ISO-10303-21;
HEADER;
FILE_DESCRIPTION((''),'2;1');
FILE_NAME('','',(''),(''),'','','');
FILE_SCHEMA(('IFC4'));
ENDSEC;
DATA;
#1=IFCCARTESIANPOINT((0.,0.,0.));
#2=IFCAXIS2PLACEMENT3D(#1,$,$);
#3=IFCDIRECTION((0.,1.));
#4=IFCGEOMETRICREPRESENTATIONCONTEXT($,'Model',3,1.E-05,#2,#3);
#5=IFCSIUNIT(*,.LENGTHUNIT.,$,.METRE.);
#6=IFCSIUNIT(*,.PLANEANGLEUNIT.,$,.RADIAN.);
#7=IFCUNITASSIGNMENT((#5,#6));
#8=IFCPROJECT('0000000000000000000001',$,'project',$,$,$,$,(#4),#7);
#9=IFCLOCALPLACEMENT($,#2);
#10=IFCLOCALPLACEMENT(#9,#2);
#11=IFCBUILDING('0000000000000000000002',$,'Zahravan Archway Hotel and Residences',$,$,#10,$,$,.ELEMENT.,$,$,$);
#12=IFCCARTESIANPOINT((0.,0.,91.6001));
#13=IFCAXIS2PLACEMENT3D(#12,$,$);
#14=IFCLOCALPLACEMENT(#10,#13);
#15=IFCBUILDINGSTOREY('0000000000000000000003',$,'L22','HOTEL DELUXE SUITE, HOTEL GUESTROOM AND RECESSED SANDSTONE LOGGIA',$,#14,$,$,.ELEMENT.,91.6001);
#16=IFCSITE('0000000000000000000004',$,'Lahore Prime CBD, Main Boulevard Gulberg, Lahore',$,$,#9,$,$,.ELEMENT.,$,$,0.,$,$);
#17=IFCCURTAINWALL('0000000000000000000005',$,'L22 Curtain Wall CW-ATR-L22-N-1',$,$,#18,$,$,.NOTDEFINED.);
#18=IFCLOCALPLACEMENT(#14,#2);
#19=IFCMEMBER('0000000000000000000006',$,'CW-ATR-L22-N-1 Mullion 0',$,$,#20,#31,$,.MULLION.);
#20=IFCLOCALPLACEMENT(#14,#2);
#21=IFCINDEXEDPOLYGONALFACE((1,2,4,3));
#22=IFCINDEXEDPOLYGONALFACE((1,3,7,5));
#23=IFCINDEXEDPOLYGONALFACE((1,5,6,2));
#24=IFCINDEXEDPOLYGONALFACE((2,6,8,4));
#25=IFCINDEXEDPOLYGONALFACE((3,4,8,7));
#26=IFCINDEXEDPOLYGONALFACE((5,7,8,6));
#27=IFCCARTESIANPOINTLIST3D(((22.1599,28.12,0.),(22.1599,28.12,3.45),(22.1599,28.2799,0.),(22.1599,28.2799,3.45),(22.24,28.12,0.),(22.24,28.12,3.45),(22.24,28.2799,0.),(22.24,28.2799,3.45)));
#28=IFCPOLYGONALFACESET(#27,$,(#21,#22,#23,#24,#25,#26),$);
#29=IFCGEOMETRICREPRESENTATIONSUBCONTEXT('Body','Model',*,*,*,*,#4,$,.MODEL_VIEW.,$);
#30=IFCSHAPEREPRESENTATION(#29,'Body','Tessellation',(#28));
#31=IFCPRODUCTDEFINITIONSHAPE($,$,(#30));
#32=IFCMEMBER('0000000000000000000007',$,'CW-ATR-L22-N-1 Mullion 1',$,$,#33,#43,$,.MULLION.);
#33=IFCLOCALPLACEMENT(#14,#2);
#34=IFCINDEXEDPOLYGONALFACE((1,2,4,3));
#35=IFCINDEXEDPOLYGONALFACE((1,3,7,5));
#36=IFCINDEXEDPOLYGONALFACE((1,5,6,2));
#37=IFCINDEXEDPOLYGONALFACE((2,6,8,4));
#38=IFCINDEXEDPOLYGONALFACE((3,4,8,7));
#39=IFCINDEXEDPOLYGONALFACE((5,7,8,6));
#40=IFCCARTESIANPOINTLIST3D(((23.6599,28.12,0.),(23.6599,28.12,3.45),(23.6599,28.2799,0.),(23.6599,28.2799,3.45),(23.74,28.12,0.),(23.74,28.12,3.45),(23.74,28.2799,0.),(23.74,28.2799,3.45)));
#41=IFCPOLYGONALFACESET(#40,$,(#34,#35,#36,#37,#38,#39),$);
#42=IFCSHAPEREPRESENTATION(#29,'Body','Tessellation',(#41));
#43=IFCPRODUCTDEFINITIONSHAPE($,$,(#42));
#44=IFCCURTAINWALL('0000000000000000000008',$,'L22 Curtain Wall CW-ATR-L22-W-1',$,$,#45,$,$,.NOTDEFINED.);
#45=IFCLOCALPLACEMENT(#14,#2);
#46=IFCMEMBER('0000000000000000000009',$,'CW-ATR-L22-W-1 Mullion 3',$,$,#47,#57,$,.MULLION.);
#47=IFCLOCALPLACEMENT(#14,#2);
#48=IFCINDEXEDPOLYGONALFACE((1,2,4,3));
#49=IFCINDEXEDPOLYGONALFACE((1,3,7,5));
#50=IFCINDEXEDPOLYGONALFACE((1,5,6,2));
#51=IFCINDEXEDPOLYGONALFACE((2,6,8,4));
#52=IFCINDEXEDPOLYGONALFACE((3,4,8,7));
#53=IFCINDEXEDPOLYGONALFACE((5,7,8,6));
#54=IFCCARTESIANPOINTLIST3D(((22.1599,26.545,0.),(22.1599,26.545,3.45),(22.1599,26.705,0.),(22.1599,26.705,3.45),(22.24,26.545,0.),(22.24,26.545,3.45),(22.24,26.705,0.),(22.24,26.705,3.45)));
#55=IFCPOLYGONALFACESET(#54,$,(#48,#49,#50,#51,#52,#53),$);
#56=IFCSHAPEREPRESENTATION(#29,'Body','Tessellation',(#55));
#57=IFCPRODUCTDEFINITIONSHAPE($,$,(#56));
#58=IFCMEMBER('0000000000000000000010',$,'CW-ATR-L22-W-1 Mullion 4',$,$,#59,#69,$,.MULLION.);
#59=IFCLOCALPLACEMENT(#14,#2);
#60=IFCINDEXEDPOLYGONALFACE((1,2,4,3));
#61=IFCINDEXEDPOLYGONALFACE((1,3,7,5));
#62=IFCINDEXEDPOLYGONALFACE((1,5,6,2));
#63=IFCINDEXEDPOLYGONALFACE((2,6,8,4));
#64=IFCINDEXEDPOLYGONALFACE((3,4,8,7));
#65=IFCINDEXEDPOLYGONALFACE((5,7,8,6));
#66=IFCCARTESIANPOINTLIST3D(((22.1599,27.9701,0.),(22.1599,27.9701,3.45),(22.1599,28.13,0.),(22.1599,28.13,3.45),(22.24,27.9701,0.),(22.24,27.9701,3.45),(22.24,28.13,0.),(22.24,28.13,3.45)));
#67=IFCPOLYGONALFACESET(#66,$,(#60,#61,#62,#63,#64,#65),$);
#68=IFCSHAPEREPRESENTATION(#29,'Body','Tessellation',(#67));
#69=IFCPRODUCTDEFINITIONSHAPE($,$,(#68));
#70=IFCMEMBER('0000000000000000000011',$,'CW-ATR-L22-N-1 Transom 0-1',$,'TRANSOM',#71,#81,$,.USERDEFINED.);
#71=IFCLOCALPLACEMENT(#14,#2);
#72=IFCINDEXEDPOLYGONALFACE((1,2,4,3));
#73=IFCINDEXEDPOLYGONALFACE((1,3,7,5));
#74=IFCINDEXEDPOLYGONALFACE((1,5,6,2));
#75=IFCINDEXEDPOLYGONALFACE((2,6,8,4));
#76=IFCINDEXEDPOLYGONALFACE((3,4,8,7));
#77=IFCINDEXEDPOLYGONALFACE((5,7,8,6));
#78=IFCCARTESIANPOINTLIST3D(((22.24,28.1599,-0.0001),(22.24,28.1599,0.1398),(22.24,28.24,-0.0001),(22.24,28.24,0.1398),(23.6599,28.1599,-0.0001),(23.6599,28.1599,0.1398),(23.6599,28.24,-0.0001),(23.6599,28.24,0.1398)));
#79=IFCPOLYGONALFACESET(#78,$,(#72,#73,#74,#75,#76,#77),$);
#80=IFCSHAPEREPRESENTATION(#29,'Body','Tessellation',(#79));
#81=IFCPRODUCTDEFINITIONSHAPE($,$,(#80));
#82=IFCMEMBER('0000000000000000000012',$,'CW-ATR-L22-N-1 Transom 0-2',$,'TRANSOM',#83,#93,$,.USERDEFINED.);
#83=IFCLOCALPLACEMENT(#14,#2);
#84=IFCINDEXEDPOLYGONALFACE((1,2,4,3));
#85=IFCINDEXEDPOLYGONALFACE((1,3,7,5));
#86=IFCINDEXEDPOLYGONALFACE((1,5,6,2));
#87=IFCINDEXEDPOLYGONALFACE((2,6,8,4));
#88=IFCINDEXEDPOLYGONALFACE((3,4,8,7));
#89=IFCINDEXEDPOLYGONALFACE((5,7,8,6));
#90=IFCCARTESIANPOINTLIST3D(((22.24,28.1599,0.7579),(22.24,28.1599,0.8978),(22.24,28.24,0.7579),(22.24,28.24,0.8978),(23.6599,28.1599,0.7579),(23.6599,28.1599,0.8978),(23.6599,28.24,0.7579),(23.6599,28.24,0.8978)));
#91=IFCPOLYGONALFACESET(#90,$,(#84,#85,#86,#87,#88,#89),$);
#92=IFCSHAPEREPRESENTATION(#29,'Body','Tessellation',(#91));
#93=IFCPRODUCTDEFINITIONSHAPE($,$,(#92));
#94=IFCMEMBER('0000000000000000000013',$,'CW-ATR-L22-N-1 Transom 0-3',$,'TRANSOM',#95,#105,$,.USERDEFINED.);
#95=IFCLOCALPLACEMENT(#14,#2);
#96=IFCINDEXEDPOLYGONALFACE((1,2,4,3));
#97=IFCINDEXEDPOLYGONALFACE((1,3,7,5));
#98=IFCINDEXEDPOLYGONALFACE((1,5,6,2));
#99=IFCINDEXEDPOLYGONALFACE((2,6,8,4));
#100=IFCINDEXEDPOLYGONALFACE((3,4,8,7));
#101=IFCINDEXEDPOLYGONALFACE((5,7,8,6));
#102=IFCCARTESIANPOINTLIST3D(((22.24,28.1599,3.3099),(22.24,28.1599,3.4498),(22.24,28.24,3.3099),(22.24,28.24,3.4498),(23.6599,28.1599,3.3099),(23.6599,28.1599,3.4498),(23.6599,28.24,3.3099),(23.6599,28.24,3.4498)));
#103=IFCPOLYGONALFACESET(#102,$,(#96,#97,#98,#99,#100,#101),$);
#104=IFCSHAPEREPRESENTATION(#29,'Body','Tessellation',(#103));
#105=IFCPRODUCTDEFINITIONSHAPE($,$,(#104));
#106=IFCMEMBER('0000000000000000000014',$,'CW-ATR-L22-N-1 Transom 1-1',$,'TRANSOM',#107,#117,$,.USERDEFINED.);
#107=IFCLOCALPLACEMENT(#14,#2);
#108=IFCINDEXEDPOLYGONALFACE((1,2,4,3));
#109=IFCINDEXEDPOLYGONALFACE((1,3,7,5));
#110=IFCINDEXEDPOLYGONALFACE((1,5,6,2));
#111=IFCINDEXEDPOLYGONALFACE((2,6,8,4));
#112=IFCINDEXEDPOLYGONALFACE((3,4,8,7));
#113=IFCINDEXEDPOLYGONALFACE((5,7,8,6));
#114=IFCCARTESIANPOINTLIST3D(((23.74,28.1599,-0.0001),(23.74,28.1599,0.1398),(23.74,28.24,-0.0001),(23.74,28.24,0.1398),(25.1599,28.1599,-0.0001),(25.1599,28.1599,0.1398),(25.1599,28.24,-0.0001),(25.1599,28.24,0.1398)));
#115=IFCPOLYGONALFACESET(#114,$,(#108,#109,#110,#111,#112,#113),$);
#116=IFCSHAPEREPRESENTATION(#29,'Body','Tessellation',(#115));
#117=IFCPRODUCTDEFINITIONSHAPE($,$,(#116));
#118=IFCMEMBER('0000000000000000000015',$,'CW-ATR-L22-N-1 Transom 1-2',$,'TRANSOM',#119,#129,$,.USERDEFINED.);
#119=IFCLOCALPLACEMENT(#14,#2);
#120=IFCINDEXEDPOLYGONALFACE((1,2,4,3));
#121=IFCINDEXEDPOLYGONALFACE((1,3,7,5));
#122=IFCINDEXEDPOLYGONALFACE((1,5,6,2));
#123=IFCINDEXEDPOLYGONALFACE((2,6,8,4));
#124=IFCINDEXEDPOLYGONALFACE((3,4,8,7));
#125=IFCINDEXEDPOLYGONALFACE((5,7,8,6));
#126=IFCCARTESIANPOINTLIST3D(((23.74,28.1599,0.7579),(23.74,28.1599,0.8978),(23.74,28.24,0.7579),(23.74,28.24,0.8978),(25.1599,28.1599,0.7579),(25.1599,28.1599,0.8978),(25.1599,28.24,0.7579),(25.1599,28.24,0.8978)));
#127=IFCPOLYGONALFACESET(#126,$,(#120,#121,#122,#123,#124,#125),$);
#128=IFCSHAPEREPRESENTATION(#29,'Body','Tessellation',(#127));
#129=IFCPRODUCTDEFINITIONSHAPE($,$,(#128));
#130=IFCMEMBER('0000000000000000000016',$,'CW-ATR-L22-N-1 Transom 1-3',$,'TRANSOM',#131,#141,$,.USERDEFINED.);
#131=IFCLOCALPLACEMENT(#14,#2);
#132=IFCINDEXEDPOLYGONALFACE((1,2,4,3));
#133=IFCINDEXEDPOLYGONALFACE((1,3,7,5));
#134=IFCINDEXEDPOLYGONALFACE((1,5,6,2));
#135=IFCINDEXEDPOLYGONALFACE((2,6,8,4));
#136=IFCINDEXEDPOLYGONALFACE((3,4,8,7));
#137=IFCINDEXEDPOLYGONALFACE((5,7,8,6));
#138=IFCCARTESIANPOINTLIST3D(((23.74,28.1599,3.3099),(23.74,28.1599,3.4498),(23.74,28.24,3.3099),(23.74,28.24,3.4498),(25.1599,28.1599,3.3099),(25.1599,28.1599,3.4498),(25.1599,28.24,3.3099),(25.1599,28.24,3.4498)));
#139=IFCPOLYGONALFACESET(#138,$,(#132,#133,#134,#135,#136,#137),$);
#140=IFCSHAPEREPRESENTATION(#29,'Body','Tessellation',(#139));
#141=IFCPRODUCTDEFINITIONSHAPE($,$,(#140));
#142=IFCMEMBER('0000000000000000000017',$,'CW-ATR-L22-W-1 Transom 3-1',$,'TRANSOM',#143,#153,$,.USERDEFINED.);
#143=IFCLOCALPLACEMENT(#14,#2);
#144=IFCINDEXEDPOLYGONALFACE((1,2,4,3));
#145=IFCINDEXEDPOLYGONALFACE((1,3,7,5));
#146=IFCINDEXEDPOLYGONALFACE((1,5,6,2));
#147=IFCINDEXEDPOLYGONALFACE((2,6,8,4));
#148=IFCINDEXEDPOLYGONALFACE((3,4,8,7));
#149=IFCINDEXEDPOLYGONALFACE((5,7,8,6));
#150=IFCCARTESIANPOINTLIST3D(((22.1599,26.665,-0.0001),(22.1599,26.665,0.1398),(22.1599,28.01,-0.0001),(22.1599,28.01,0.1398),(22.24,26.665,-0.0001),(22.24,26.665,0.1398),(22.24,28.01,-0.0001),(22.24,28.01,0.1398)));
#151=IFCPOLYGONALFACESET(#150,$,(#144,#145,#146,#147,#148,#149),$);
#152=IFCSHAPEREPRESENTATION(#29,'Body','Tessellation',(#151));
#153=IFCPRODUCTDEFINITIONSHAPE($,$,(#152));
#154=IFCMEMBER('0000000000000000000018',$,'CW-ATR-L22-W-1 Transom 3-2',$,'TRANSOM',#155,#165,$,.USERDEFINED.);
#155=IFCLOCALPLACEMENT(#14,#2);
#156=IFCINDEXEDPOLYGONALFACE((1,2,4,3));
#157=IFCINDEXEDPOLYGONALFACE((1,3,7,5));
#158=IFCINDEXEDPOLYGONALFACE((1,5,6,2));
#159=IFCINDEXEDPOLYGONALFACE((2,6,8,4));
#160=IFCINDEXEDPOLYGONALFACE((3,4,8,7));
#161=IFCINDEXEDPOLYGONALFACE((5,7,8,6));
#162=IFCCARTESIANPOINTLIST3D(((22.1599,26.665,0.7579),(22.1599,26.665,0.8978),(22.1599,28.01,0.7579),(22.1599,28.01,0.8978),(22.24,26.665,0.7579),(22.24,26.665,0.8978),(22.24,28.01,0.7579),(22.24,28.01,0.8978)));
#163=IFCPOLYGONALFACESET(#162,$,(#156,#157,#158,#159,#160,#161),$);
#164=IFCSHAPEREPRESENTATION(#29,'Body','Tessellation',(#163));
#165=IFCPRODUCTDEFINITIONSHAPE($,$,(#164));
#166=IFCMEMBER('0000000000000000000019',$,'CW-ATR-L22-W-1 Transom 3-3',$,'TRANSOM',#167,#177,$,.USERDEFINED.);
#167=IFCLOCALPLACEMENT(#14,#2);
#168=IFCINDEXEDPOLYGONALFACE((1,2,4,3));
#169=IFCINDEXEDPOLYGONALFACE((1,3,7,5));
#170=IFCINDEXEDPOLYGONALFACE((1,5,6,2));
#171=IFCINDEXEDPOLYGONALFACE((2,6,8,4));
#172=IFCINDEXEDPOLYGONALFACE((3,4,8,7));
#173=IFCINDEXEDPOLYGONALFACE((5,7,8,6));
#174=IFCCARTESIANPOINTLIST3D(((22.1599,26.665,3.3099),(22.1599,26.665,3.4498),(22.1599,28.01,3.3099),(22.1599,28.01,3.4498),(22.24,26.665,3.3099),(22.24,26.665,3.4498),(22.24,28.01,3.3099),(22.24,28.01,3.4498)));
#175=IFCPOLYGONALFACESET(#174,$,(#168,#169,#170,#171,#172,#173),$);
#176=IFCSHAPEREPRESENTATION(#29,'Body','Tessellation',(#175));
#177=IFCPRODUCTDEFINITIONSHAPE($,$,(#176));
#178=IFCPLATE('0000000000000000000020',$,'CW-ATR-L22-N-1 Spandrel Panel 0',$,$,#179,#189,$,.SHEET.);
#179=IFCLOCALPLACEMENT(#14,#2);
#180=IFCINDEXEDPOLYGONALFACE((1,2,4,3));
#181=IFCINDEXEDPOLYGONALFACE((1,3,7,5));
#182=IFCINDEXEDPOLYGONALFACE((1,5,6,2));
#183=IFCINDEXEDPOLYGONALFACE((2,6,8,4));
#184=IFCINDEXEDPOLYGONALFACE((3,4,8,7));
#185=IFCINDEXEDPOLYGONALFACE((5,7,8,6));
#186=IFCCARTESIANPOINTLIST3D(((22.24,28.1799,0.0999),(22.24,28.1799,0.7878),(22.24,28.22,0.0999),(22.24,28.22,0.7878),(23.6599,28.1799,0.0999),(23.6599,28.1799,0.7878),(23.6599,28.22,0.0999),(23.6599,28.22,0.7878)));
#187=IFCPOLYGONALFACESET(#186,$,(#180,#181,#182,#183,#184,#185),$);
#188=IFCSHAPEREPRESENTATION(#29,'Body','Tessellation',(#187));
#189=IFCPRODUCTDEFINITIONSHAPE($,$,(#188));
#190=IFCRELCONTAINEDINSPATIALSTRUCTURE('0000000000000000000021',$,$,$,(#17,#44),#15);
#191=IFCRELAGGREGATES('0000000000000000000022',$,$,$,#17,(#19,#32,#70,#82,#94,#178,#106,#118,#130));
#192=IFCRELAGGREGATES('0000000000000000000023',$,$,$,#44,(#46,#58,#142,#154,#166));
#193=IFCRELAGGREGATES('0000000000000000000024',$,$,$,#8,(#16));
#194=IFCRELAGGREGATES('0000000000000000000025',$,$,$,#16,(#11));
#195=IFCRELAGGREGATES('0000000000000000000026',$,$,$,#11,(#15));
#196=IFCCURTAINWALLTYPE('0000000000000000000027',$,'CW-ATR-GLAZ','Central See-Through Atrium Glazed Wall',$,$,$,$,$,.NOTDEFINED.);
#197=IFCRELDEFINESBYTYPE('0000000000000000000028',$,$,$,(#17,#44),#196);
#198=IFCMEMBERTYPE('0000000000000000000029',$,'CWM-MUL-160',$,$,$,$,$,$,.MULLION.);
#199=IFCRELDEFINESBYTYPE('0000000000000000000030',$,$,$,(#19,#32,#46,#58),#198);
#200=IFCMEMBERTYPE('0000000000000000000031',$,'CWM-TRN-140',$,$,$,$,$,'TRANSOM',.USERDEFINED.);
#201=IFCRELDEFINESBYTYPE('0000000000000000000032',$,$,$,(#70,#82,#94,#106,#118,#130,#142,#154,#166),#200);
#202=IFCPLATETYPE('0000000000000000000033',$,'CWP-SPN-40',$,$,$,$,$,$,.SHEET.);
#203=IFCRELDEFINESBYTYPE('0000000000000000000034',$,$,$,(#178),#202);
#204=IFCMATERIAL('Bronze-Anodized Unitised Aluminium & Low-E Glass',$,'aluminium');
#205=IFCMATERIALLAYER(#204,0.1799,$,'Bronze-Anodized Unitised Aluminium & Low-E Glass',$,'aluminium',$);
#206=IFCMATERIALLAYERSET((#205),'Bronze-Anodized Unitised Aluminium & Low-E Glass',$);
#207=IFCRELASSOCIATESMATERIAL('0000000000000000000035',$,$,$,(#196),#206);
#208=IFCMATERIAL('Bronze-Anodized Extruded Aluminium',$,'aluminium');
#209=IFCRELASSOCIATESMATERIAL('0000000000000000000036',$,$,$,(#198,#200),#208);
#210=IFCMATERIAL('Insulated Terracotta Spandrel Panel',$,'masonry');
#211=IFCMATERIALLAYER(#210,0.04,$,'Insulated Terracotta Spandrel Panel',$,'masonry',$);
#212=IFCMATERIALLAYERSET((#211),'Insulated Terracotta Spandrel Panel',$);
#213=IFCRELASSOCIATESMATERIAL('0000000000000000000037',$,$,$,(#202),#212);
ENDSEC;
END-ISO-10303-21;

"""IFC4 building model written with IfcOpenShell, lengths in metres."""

from ifc_helpers import new_model, si_unit, direction, frame, origin, origin_2d, place, context, subcontext, project, spatial, rectangle, extrude, source, transform, mapped, material, layer, layer_set, material_profile, profile_set, type_object, element, aggregate, save


model = new_model("IFC4")

# Units and contexts
model_context = context("Model", 3, precision=1e-05, world=origin(), true_north=direction((0.0, 1.0)))
body_context = subcontext(model_context, "Body", "Model", "MODEL_VIEW")
ifc_project = project(units=[si_unit("LENGTHUNIT", "METRE"), si_unit("PLANEANGLEUNIT", "RADIAN")], contexts=[model_context])

# Site, building, storey
site_placement = place(None, origin())
site = spatial("IfcSite", under=ifc_project, at=site_placement, Name="Lahore Prime CBD, Main Boulevard Gulberg, Lahore", CompositionType="ELEMENT", RefElevation=0.0)
building_placement = place(site_placement, origin())
building = spatial("IfcBuilding", under=site, at=building_placement, Name="Zahravan Archway Hotel and Residences", CompositionType="ELEMENT")
storey_placement = place(building_placement, frame((0.0, 0.0, 91.6001)))
storey = spatial("IfcBuildingStorey", under=building, at=storey_placement, Name="L22", Description="HOTEL DELUXE SUITE, HOTEL GUESTROOM AND RECESSED SANDSTONE LOGGIA", CompositionType="ELEMENT", Elevation=91.6001)

# Curtain walls, members
ifc_material_1 = material(Name="Bronze-Anodized Unitised Aluminium & Low-E Glass", Category="aluminium")
ifc_layer_1 = layer(ifc_material_1, 0.1799, Name="Bronze-Anodized Unitised Aluminium & Low-E Glass", Category="aluminium")
ifc_layer_set_1 = layer_set([ifc_layer_1], Name="Bronze-Anodized Unitised Aluminium & Low-E Glass")
curtain_wall_type = type_object("IfcCurtainWallType", Name="CW-ATR-GLAZ", Description="Central See-Through Atrium Glazed Wall", PredefinedType="NOTDEFINED", material=ifc_layer_set_1)
ifc_material_2 = material(Name="Bronze-Anodized Extruded Aluminium", Category="aluminium")
ifc_material_profile_1 = material_profile(ifc_material_2, rectangle(XDim=0.0801, YDim=0.1599, at=origin_2d()), Name="MUL 80x160", Category="aluminium")
ifc_profile_set_1 = profile_set([ifc_material_profile_1], Name="Bronze-Anodized Extruded Aluminium")
member_type_1 = type_object("IfcMemberType", Name="CWM-MUL-160", PredefinedType="MULLION", material=ifc_profile_set_1)
ifc_material_profile_2 = material_profile(ifc_material_2, rectangle(XDim=0.0801, YDim=0.1399, at=origin_2d()), Name="TRN 80x140", Category="aluminium")
ifc_profile_set_2 = profile_set([ifc_material_profile_2], Name="Bronze-Anodized Extruded Aluminium")
member_type_2 = type_object("IfcMemberType", Name="CWM-TRN-140", ElementType="TRANSOM", PredefinedType="USERDEFINED", material=ifc_profile_set_2)
curtain_wall_1_placement = place(storey_placement, origin())
curtain_wall_1 = element("IfcCurtainWall", 1, at=curtain_wall_1_placement, inside=storey, type_object=curtain_wall_type, Name="L22 Curtain Wall CW-ATR-L22-N-1", PredefinedType="NOTDEFINED")
shared_shape_1 = source(origin(), body_context, "Body", "SweptSolid", [
    extrude(rectangle(XDim=0.0801, YDim=0.1599, at=origin_2d()), origin(), (0.0, 0.0, 1.0), 3.45),
])
member_1_placement = place(storey_placement, frame((22.2, 28.2, 0.0), z_axis=(0.0, 0.0, 1.0), x_axis=(1.0, 0.0, 0.0)))
member_1 = element("IfcMember", 2, at=member_1_placement, type_object=member_type_1, Name="CW-ATR-L22-N-1 Mullion 0", PredefinedType="MULLION", context=body_context, shape_type="MappedRepresentation", body=[
    mapped(shared_shape_1, transform((0.0, 0.0, 0.0), scale=1.0)),
])
member_2_placement = place(storey_placement, frame((23.7, 28.2, 0.0), z_axis=(0.0, 0.0, 1.0), x_axis=(1.0, 0.0, 0.0)))
member_2 = element("IfcMember", 3, at=member_2_placement, type_object=member_type_1, Name="CW-ATR-L22-N-1 Mullion 1", PredefinedType="MULLION", context=body_context, shape_type="MappedRepresentation", body=[
    mapped(shared_shape_1, transform((0.0, 0.0, 0.0), scale=1.0)),
])
curtain_wall_2_placement = place(storey_placement, origin())
curtain_wall_2 = element("IfcCurtainWall", 4, at=curtain_wall_2_placement, inside=storey, type_object=curtain_wall_type, Name="L22 Curtain Wall CW-ATR-L22-W-1", PredefinedType="NOTDEFINED")
member_3_placement = place(storey_placement, frame((22.2, 26.625, 0.0), z_axis=(0.0, 0.0, 1.0), x_axis=(1.0, 0.0, 0.0)))
member_3 = element("IfcMember", 5, at=member_3_placement, type_object=member_type_1, Name="CW-ATR-L22-W-1 Mullion 3", PredefinedType="MULLION", context=body_context, shape_type="MappedRepresentation", body=[
    mapped(shared_shape_1, transform((0.0, 0.0, 0.0), scale=1.0)),
])
member_4_placement = place(storey_placement, frame((22.2, 28.05, 0.0), z_axis=(0.0, 0.0, 1.0), x_axis=(1.0, 0.0, 0.0)))
member_4 = element("IfcMember", 6, at=member_4_placement, type_object=member_type_1, Name="CW-ATR-L22-W-1 Mullion 4", PredefinedType="MULLION", context=body_context, shape_type="MappedRepresentation", body=[
    mapped(shared_shape_1, transform((0.0, 0.0, 0.0), scale=1.0)),
])

# Members
shared_shape_2 = source(origin(), body_context, "Body", "SweptSolid", [
    extrude(rectangle(XDim=0.0801, YDim=0.1399, at=origin_2d()), origin(), (0.0, 0.0, 1.0), 1.4199),
])
member_5_placement = place(storey_placement, frame((22.24, 28.2, 0.0698), z_axis=(1.0, 0.0, 0.0), x_axis=(0.0, 1.0, 0.0)))
member_5 = element("IfcMember", 7, at=member_5_placement, type_object=member_type_2, Name="CW-ATR-L22-N-1 Transom 0-1", ObjectType="TRANSOM", PredefinedType="USERDEFINED", context=body_context, shape_type="MappedRepresentation", body=[
    mapped(shared_shape_2, transform((0.0, 0.0, 0.0), scale=1.0)),
])
member_6_placement = place(storey_placement, frame((22.24, 28.2, 0.8279), z_axis=(1.0, 0.0, 0.0), x_axis=(0.0, 1.0, 0.0)))
member_6 = element("IfcMember", 8, at=member_6_placement, type_object=member_type_2, Name="CW-ATR-L22-N-1 Transom 0-2", ObjectType="TRANSOM", PredefinedType="USERDEFINED", context=body_context, shape_type="MappedRepresentation", body=[
    mapped(shared_shape_2, transform((0.0, 0.0, 0.0), scale=1.0)),
])
member_7_placement = place(storey_placement, frame((22.24, 28.2, 3.3799), z_axis=(1.0, 0.0, 0.0), x_axis=(0.0, 1.0, 0.0)))
member_7 = element("IfcMember", 9, at=member_7_placement, type_object=member_type_2, Name="CW-ATR-L22-N-1 Transom 0-3", ObjectType="TRANSOM", PredefinedType="USERDEFINED", context=body_context, shape_type="MappedRepresentation", body=[
    mapped(shared_shape_2, transform((0.0, 0.0, 0.0), scale=1.0)),
])
member_8_placement = place(storey_placement, frame((23.74, 28.2, 0.0698), z_axis=(1.0, 0.0, 0.0), x_axis=(0.0, 1.0, 0.0)))
member_8 = element("IfcMember", 10, at=member_8_placement, type_object=member_type_2, Name="CW-ATR-L22-N-1 Transom 1-1", ObjectType="TRANSOM", PredefinedType="USERDEFINED", context=body_context, shape_type="MappedRepresentation", body=[
    mapped(shared_shape_2, transform((0.0, 0.0, 0.0), scale=1.0)),
])
member_9_placement = place(storey_placement, frame((23.74, 28.2, 0.8279), z_axis=(1.0, 0.0, 0.0), x_axis=(0.0, 1.0, 0.0)))
member_9 = element("IfcMember", 11, at=member_9_placement, type_object=member_type_2, Name="CW-ATR-L22-N-1 Transom 1-2", ObjectType="TRANSOM", PredefinedType="USERDEFINED", context=body_context, shape_type="MappedRepresentation", body=[
    mapped(shared_shape_2, transform((0.0, 0.0, 0.0), scale=1.0)),
])
member_10_placement = place(storey_placement, frame((23.74, 28.2, 3.3799), z_axis=(1.0, 0.0, 0.0), x_axis=(0.0, 1.0, 0.0)))
member_10 = element("IfcMember", 12, at=member_10_placement, type_object=member_type_2, Name="CW-ATR-L22-N-1 Transom 1-3", ObjectType="TRANSOM", PredefinedType="USERDEFINED", context=body_context, shape_type="MappedRepresentation", body=[
    mapped(shared_shape_2, transform((0.0, 0.0, 0.0), scale=1.0)),
])
shared_shape_3 = source(origin(), body_context, "Body", "SweptSolid", [
    extrude(rectangle(XDim=0.0801, YDim=0.1399, at=origin_2d()), origin(), (0.0, 0.0, 1.0), 1.345),
])
member_11_placement = place(storey_placement, frame((22.2, 26.665, 0.0698), z_axis=(0.0, 1.0, 0.0), x_axis=(-1.0, 0.0, 0.0)))
member_11 = element("IfcMember", 13, at=member_11_placement, type_object=member_type_2, Name="CW-ATR-L22-W-1 Transom 3-1", ObjectType="TRANSOM", PredefinedType="USERDEFINED", context=body_context, shape_type="MappedRepresentation", body=[
    mapped(shared_shape_3, transform((0.0, 0.0, 0.0), scale=1.0)),
])
member_12_placement = place(storey_placement, frame((22.2, 26.665, 0.8279), z_axis=(0.0, 1.0, 0.0), x_axis=(-1.0, 0.0, 0.0)))
member_12 = element("IfcMember", 14, at=member_12_placement, type_object=member_type_2, Name="CW-ATR-L22-W-1 Transom 3-2", ObjectType="TRANSOM", PredefinedType="USERDEFINED", context=body_context, shape_type="MappedRepresentation", body=[
    mapped(shared_shape_3, transform((0.0, 0.0, 0.0), scale=1.0)),
])
member_13_placement = place(storey_placement, frame((22.2, 26.665, 3.3799), z_axis=(0.0, 1.0, 0.0), x_axis=(-1.0, 0.0, 0.0)))
member_13 = element("IfcMember", 15, at=member_13_placement, type_object=member_type_2, Name="CW-ATR-L22-W-1 Transom 3-3", ObjectType="TRANSOM", PredefinedType="USERDEFINED", context=body_context, shape_type="MappedRepresentation", body=[
    mapped(shared_shape_3, transform((0.0, 0.0, 0.0), scale=1.0)),
])

# Plate
ifc_material_3 = material(Name="Insulated Terracotta Spandrel Panel", Category="masonry")
ifc_layer_2 = layer(ifc_material_3, 0.04, Name="Insulated Terracotta Spandrel Panel", Category="masonry")
ifc_layer_set_2 = layer_set([ifc_layer_2], Name="Insulated Terracotta Spandrel Panel")
plate_type_1 = type_object("IfcPlateType", Name="CWP-SPN-40", PredefinedType="SHEET", material=ifc_layer_set_2)
shared_shape_4 = source(origin(), body_context, "Body", "SweptSolid", [
    extrude(rectangle(XDim=1.4199, YDim=0.04, at=origin_2d()), origin(), (0.0, 0.0, 1.0), 0.688),
])
plate_1_placement = place(storey_placement, frame((22.95, 28.2, 0.0999), z_axis=(0.0, 0.0, 1.0), x_axis=(1.0, 0.0, 0.0)))
plate_1 = element("IfcPlate", 16, at=plate_1_placement, type_object=plate_type_1, Name="CW-ATR-L22-N-1 Spandrel Panel 0", PredefinedType="SHEET", context=body_context, shape_type="MappedRepresentation", body=[
    mapped(shared_shape_4, transform((0.0, 0.0, 0.0), scale=1.0)),
])
aggregate(curtain_wall_1, [member_1, member_2, member_5, member_6, member_7, plate_1, member_8, member_9, member_10])
aggregate(curtain_wall_2, [member_3, member_4, member_11, member_12, member_13])

save(model, "model.ifc")
